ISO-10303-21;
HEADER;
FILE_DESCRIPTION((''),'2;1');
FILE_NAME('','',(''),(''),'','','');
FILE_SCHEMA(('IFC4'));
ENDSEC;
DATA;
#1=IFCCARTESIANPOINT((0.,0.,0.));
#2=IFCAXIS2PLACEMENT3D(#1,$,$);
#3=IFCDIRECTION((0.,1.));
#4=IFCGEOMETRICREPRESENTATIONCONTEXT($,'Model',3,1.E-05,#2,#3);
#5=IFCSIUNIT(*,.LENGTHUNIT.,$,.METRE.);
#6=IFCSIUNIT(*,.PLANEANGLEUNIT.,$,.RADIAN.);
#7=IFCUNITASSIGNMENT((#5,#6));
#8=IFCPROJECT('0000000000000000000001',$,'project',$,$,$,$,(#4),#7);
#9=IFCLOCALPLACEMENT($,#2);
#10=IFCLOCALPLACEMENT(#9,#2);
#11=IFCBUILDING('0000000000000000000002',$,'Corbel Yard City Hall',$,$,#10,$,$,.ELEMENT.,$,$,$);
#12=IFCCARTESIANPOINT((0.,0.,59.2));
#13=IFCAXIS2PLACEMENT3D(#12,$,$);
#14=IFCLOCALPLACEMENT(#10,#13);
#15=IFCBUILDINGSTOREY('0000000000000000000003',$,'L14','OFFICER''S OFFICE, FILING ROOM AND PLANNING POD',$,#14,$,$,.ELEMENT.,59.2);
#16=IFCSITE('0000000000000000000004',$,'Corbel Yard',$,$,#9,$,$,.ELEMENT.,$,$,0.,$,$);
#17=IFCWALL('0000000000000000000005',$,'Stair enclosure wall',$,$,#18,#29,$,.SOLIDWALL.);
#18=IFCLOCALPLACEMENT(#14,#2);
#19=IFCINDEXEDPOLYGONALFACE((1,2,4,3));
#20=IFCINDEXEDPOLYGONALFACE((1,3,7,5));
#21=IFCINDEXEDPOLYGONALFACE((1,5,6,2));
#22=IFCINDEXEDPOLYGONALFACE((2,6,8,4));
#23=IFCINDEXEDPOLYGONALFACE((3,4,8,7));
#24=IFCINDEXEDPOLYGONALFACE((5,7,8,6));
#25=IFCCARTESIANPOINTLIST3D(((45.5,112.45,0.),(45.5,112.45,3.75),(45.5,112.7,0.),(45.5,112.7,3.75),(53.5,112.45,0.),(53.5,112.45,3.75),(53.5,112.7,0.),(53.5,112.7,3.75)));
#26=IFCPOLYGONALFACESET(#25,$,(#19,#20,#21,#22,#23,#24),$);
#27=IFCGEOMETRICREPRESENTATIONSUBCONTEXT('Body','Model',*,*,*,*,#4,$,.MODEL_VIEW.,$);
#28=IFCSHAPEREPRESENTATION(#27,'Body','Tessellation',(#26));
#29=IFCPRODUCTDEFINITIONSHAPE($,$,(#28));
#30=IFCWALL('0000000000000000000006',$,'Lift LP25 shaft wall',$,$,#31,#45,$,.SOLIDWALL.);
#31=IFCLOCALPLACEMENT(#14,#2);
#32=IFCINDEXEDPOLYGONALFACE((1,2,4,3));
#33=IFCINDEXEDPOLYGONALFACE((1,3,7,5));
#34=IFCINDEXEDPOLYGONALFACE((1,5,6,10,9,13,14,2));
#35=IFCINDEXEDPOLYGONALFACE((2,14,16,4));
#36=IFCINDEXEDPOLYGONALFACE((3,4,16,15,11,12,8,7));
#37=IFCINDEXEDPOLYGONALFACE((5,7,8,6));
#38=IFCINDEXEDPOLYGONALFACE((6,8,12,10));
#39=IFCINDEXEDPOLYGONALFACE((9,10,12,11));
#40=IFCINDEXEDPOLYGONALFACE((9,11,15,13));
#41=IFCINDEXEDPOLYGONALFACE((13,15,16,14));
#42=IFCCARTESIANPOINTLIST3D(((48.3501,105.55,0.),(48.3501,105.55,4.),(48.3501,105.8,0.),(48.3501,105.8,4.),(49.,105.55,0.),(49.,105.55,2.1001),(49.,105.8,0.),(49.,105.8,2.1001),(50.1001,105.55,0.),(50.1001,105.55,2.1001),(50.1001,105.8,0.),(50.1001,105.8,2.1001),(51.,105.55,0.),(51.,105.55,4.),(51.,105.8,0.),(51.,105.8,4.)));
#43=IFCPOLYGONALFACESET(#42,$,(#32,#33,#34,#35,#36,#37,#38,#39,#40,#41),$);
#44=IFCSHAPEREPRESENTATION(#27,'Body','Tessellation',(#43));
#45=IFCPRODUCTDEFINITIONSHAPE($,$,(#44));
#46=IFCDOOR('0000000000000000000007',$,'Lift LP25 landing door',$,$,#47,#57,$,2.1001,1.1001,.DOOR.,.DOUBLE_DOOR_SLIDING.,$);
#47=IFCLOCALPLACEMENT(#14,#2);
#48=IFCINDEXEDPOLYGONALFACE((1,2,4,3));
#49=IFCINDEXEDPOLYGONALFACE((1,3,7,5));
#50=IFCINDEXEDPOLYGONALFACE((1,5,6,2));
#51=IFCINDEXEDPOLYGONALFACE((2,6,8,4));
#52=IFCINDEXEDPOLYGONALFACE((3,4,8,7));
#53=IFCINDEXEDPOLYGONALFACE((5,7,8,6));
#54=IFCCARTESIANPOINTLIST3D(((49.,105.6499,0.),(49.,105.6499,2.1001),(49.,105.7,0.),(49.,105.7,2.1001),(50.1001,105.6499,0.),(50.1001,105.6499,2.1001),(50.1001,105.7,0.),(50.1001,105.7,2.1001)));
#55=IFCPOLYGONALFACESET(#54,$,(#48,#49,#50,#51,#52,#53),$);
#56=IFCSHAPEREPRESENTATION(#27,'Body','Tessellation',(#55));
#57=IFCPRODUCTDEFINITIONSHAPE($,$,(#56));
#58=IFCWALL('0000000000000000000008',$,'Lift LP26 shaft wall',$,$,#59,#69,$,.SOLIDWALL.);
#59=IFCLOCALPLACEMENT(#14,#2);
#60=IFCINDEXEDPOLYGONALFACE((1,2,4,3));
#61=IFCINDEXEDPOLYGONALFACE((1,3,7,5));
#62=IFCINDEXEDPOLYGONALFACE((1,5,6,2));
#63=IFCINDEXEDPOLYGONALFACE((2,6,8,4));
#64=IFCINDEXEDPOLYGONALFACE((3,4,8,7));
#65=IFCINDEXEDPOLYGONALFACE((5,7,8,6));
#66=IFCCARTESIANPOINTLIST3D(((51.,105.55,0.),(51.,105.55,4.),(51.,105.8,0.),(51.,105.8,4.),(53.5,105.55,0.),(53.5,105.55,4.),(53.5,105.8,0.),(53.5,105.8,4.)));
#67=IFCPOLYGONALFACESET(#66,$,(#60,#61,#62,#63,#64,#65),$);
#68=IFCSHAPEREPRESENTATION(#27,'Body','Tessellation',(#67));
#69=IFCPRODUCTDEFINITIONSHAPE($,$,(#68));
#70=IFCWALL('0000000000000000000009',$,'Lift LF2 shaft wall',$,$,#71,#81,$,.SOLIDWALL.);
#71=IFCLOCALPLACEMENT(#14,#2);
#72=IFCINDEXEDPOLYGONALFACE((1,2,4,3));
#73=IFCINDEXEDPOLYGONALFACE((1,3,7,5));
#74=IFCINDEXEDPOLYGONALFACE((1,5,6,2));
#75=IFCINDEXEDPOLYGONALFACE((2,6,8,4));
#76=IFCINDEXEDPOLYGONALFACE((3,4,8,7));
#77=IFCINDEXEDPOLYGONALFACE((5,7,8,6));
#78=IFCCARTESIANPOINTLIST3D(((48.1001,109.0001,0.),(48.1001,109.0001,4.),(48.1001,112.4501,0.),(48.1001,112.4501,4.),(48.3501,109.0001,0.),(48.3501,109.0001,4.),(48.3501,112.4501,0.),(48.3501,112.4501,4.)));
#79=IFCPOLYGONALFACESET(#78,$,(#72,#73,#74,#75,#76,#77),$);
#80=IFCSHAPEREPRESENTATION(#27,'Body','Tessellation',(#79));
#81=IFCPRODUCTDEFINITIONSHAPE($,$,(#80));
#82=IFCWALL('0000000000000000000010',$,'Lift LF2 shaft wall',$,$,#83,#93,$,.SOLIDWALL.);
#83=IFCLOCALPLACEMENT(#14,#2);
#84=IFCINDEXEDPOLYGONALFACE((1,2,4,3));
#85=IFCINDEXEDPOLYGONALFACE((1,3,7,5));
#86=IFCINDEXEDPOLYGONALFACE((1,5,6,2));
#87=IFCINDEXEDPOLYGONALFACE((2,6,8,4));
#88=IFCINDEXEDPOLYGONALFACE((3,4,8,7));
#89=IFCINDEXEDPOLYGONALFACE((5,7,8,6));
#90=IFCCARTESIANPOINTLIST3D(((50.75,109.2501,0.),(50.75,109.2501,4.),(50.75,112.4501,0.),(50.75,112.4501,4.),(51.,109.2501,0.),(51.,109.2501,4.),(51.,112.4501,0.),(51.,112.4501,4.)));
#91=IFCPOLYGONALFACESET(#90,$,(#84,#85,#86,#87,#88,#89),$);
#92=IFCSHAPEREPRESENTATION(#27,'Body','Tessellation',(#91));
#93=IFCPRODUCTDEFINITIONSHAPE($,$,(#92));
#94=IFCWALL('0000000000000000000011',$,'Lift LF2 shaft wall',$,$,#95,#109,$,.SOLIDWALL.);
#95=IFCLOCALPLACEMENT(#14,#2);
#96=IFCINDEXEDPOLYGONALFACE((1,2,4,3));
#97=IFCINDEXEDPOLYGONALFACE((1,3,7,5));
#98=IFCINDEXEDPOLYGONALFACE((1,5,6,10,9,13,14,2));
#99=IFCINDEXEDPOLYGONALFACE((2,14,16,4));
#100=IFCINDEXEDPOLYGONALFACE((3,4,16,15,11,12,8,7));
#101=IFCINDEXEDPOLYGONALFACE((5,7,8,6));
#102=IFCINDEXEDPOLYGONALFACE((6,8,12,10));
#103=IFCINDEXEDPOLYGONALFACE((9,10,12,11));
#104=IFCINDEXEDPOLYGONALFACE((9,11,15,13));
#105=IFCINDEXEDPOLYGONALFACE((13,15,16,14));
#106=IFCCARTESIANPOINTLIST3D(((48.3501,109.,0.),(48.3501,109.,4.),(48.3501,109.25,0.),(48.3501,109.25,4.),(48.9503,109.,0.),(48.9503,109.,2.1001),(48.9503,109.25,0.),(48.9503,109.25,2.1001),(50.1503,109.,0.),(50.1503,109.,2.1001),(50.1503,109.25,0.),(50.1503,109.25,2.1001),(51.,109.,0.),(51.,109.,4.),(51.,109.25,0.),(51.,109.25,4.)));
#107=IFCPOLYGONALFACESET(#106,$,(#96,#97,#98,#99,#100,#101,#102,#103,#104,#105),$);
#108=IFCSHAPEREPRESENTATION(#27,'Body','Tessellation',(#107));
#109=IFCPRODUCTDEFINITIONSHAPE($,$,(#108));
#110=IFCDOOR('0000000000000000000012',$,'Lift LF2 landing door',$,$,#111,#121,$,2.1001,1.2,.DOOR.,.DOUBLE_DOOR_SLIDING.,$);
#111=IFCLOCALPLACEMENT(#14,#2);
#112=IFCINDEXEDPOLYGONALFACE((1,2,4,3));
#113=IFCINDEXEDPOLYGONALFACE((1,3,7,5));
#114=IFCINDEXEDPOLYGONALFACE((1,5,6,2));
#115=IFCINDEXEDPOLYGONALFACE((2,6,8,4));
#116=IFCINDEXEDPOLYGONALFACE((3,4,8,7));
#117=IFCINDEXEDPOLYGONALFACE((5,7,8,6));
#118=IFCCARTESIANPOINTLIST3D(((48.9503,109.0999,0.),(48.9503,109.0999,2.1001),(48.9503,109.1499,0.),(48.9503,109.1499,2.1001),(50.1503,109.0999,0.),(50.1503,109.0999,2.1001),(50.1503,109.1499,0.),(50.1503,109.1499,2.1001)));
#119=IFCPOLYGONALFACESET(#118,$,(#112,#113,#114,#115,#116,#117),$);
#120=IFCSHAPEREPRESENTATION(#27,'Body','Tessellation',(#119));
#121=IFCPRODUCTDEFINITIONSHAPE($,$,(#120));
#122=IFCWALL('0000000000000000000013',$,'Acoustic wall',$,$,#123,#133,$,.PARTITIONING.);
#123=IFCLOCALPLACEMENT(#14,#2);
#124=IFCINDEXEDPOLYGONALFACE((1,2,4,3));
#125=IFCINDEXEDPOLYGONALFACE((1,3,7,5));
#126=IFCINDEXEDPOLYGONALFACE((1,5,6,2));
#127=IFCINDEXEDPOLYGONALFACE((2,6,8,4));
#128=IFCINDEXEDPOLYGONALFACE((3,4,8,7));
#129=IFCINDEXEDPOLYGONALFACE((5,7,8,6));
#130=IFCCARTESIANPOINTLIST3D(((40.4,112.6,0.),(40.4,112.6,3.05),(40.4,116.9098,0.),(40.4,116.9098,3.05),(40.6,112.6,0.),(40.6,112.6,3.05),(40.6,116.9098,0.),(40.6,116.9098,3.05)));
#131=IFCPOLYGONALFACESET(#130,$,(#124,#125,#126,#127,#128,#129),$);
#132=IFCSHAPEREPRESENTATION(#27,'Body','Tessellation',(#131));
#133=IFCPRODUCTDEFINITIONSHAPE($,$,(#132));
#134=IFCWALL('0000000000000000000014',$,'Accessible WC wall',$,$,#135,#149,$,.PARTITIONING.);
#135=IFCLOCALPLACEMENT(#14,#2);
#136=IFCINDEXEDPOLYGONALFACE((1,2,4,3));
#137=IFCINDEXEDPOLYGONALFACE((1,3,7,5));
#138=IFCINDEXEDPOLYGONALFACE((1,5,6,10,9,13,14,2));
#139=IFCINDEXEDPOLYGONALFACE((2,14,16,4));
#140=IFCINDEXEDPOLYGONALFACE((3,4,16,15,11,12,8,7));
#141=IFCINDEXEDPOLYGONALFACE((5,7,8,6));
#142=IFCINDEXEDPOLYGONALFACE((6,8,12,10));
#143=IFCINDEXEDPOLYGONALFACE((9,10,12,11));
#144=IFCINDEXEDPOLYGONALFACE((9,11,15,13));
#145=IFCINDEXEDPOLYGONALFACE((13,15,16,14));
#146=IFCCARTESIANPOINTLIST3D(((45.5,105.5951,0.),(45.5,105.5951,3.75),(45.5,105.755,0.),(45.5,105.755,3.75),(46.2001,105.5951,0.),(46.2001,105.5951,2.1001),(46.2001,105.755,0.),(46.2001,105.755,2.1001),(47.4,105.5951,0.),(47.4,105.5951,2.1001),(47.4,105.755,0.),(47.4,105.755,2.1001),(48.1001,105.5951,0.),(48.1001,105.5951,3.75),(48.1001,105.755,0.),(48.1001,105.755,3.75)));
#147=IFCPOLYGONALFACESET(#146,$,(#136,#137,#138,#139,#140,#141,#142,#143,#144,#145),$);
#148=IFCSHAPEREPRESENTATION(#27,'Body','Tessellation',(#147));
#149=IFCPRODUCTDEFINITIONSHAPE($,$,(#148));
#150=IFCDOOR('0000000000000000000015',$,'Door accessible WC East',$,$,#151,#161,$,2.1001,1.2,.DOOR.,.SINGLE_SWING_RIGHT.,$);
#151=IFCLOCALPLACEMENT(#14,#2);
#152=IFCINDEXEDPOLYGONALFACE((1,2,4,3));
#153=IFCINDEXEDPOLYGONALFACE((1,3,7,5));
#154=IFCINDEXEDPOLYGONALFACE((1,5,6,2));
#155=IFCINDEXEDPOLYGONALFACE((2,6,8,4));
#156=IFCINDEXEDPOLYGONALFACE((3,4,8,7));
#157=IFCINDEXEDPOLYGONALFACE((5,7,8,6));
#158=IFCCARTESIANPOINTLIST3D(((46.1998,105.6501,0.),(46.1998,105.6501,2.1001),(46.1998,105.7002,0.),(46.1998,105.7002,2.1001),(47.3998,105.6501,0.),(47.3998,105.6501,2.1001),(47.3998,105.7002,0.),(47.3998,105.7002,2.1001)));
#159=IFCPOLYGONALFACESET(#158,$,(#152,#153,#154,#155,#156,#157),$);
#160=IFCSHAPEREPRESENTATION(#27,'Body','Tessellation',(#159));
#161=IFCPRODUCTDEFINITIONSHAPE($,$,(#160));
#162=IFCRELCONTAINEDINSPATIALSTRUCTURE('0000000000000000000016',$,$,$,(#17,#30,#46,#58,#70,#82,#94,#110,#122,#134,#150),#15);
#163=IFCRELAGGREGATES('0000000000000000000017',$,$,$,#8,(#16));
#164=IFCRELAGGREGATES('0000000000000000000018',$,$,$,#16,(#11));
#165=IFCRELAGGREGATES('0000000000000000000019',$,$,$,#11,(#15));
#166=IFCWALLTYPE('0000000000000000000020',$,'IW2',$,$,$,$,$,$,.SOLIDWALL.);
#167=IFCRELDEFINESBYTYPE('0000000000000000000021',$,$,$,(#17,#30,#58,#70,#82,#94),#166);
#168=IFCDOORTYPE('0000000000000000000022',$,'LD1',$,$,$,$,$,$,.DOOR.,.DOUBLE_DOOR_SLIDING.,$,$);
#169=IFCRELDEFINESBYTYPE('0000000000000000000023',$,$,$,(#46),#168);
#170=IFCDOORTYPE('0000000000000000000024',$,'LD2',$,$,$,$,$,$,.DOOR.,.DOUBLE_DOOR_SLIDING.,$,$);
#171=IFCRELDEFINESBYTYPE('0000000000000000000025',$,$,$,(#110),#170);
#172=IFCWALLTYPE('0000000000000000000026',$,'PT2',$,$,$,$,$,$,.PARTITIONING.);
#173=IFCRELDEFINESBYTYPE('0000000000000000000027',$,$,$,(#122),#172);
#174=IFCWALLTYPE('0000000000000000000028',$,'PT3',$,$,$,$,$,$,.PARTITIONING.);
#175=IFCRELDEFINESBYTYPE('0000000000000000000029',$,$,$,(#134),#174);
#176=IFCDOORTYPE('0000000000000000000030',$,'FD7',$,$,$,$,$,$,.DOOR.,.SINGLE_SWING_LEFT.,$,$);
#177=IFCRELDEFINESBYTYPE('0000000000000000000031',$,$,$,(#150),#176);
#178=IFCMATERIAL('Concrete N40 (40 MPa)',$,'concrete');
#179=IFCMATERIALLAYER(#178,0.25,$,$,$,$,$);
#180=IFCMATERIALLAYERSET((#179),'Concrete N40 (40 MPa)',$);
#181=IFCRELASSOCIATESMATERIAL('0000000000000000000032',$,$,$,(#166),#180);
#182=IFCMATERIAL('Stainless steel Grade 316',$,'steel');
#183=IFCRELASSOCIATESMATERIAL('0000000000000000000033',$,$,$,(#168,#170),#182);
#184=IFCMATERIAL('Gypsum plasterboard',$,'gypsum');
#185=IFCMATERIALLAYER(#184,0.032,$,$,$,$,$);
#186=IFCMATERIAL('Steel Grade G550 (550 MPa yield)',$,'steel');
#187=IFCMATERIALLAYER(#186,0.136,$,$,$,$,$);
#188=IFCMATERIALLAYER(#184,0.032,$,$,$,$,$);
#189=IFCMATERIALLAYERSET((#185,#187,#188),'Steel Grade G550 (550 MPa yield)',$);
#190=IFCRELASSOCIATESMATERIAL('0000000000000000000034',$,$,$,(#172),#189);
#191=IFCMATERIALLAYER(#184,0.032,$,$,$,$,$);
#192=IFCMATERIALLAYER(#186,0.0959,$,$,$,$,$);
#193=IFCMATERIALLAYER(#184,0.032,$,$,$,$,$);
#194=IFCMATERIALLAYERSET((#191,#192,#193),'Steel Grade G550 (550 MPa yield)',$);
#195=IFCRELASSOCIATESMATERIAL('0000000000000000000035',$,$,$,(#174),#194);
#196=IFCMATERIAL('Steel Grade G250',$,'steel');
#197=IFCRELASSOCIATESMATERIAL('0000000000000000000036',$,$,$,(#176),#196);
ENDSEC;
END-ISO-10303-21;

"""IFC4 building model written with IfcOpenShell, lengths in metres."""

from ifc_helpers import new_model, si_unit, direction, frame, frame_2d, origin, place, context, subcontext, project, spatial, rectangle, extrude, material, layer, layer_set, type_object, element, fill, save


model = new_model("IFC4")

# Units and contexts
model_context = context("Model", 3, precision=1e-05, world=origin(), true_north=direction((0.0, 1.0)))
body_context = subcontext(model_context, "Body", "Model", "MODEL_VIEW")
ifc_project = project(units=[si_unit("LENGTHUNIT", "METRE"), si_unit("PLANEANGLEUNIT", "RADIAN")], contexts=[model_context])

# Site, building, storey
site_placement = place(None, origin())
site = spatial("IfcSite", under=ifc_project, at=site_placement, Name="Corbel Yard", CompositionType="ELEMENT", RefElevation=0.0)
building_placement = place(site_placement, origin())
building = spatial("IfcBuilding", under=site, at=building_placement, Name="Corbel Yard City Hall", CompositionType="ELEMENT")
storey_placement = place(building_placement, frame((0.0, 0.0, 59.2)))
storey = spatial("IfcBuildingStorey", under=building, at=storey_placement, Name="L14", Description="OFFICER'S OFFICE, FILING ROOM AND PLANNING POD", CompositionType="ELEMENT", Elevation=59.2)

# Wall
ifc_material_1 = material(Name="Concrete N40 (40 MPa)", Category="concrete")
ifc_layer_1 = layer(ifc_material_1, 0.25)
ifc_layer_set_1 = layer_set([ifc_layer_1], Name="Concrete N40 (40 MPa)")
wall_type_1 = type_object("IfcWallType", Name="IW2", PredefinedType="SOLIDWALL", material=ifc_layer_set_1)
wall_1_placement = place(storey_placement, frame((45.5, 112.575, 0.0), z_axis=(0.0, 0.0, 1.0), x_axis=(1.0, 0.0, 0.0)))
element("IfcWall", 1, at=wall_1_placement, inside=storey, type_object=wall_type_1, Name="Stair enclosure wall", PredefinedType="SOLIDWALL", context=body_context, shape_type="SweptSolid", body=[
    extrude(rectangle(XDim=8.0, YDim=0.25, at=frame_2d((4.0, 0.0))), origin(), (0.0, 0.0, 1.0), 3.75),
])

# Wall, opening, door
wall_2_placement = place(storey_placement, frame((48.3501, 105.675, 0.0), z_axis=(0.0, 0.0, 1.0), x_axis=(1.0, 0.0, 0.0)))
wall_2 = element("IfcWall", 2, at=wall_2_placement, inside=storey, type_object=wall_type_1, Name="Lift LP25 shaft wall", PredefinedType="SOLIDWALL", context=body_context, shape_type="SweptSolid", body=[
    extrude(rectangle(XDim=2.6499, YDim=0.25, at=frame_2d((1.325, 0.0))), origin(), (0.0, 0.0, 1.0), 4.0),
])
opening_1_placement = place(wall_2_placement, frame((0.6499, 0.0, 0.0)))
opening_1 = element("IfcOpeningElement", 3, at=opening_1_placement, cuts=wall_2, PredefinedType="OPENING", context=body_context, shape_type="SweptSolid", body=[
    extrude(rectangle(XDim=1.1001, YDim=2.1001, at=frame_2d((0.55, 1.05))), frame((0.0, 0.135, 0.0), z_axis=(0.0, -1.0, 0.0), x_axis=(1.0, 0.0, 0.0)), (0.0, 0.0, 1.0), 0.27),
])
ifc_material_2 = material(Name="Stainless steel Grade 316", Category="steel")
door_type_1 = type_object("IfcDoorType", Name="LD1", OperationType="DOUBLE_DOOR_SLIDING", PredefinedType="DOOR", material=ifc_material_2)
door_1_placement = place(opening_1_placement, origin())
door_1 = element("IfcDoor", 4, at=door_1_placement, inside=storey, type_object=door_type_1, Name="Lift LP25 landing door", OperationType="DOUBLE_DOOR_SLIDING", OverallHeight=2.1001, OverallWidth=1.1001, PredefinedType="DOOR", context=body_context, shape_type="SweptSolid", body=[
    extrude(rectangle(XDim=1.1001, YDim=2.1001, at=frame_2d((0.55, 1.05))), frame((0.0, 0.0249, 0.0), z_axis=(0.0, -1.0, 0.0), x_axis=(1.0, 0.0, 0.0)), (0.0, 0.0, 1.0), 0.05),
])
fill(opening_1, door_1)

# Walls
wall_3_placement = place(storey_placement, frame((51.0, 105.675, 0.0), z_axis=(0.0, 0.0, 1.0), x_axis=(1.0, 0.0, 0.0)))
element("IfcWall", 5, at=wall_3_placement, inside=storey, type_object=wall_type_1, Name="Lift LP26 shaft wall", PredefinedType="SOLIDWALL", context=body_context, shape_type="SweptSolid", body=[
    extrude(rectangle(XDim=2.5, YDim=0.25, at=frame_2d((1.25, 0.0))), origin(), (0.0, 0.0, 1.0), 4.0),
])
wall_4_placement = place(storey_placement, frame((48.2251, 109.0, 0.0), z_axis=(0.0, 0.0, 1.0), x_axis=(0.0, 1.0, 0.0)))
element("IfcWall", 6, at=wall_4_placement, inside=storey, type_object=wall_type_1, Name="Lift LF2 shaft wall", PredefinedType="SOLIDWALL", context=body_context, shape_type="SweptSolid", body=[
    extrude(rectangle(XDim=3.45, YDim=0.25, at=frame_2d((1.7251, 0.0))), origin(), (0.0, 0.0, 1.0), 4.0),
])
wall_5_placement = place(storey_placement, frame((50.875, 109.25, 0.0), z_axis=(0.0, 0.0, 1.0), x_axis=(0.0, 1.0, 0.0)))
element("IfcWall", 7, at=wall_5_placement, inside=storey, type_object=wall_type_1, Name="Lift LF2 shaft wall", PredefinedType="SOLIDWALL", context=body_context, shape_type="SweptSolid", body=[
    extrude(rectangle(XDim=3.2, YDim=0.25, at=frame_2d((1.6001, 0.0))), origin(), (0.0, 0.0, 1.0), 4.0),
])

# Wall, opening, door
wall_6_placement = place(storey_placement, frame((48.3501, 109.125, 0.0), z_axis=(0.0, 0.0, 1.0), x_axis=(1.0, 0.0, 0.0)))
wall_6 = element("IfcWall", 8, at=wall_6_placement, inside=storey, type_object=wall_type_1, Name="Lift LF2 shaft wall", PredefinedType="SOLIDWALL", context=body_context, shape_type="SweptSolid", body=[
    extrude(rectangle(XDim=2.6499, YDim=0.25, at=frame_2d((1.325, 0.0))), origin(), (0.0, 0.0, 1.0), 4.0),
])
opening_2_placement = place(wall_6_placement, frame((0.6001, 0.0, 0.0)))
opening_2 = element("IfcOpeningElement", 9, at=opening_2_placement, cuts=wall_6, PredefinedType="OPENING", context=body_context, shape_type="SweptSolid", body=[
    extrude(rectangle(XDim=1.2, YDim=2.1001, at=frame_2d((0.6001, 1.05))), frame((0.0, 0.135, 0.0), z_axis=(0.0, -1.0, 0.0), x_axis=(1.0, 0.0, 0.0)), (0.0, 0.0, 1.0), 0.27),
])
door_type_2 = type_object("IfcDoorType", Name="LD2", OperationType="DOUBLE_DOOR_SLIDING", PredefinedType="DOOR", material=ifc_material_2)
door_2_placement = place(opening_2_placement, origin())
door_2 = element("IfcDoor", 10, at=door_2_placement, inside=storey, type_object=door_type_2, Name="Lift LF2 landing door", OperationType="DOUBLE_DOOR_SLIDING", OverallHeight=2.1001, OverallWidth=1.2, PredefinedType="DOOR", context=body_context, shape_type="SweptSolid", body=[
    extrude(rectangle(XDim=1.2, YDim=2.1001, at=frame_2d((0.6001, 1.05))), frame((0.0, 0.0249, 0.0), z_axis=(0.0, -1.0, 0.0), x_axis=(1.0, 0.0, 0.0)), (0.0, 0.0, 1.0), 0.05),
])
fill(opening_2, door_2)

# Wall
ifc_material_3 = material(Name="Gypsum plasterboard", Category="gypsum")
ifc_layer_2 = layer(ifc_material_3, 0.032)
ifc_material_4 = material(Name="Steel Grade G550 (550 MPa yield)", Category="steel")
ifc_layer_3 = layer(ifc_material_4, 0.136)
ifc_layer_4 = layer(ifc_material_3, 0.032)
ifc_layer_set_2 = layer_set([ifc_layer_2, ifc_layer_3, ifc_layer_4], Name="Steel Grade G550 (550 MPa yield)")
wall_type_2 = type_object("IfcWallType", Name="PT2", PredefinedType="PARTITIONING", material=ifc_layer_set_2)
wall_7_placement = place(storey_placement, frame((40.5, 112.6001, 0.0), z_axis=(0.0, 0.0, 1.0), x_axis=(0.0, 1.0, 0.0)))
element("IfcWall", 11, at=wall_7_placement, inside=storey, type_object=wall_type_2, Name="Acoustic wall", PredefinedType="PARTITIONING", context=body_context, shape_type="SweptSolid", body=[
    extrude(rectangle(XDim=4.3098, YDim=0.2, at=frame_2d((2.1548, 0.0))), origin(), (0.0, 0.0, 1.0), 3.05),
])

# Wall, opening, door
ifc_layer_5 = layer(ifc_material_3, 0.032)
ifc_layer_6 = layer(ifc_material_4, 0.0959)
ifc_layer_7 = layer(ifc_material_3, 0.032)
ifc_layer_set_3 = layer_set([ifc_layer_5, ifc_layer_6, ifc_layer_7], Name="Steel Grade G550 (550 MPa yield)")
wall_type_3 = type_object("IfcWallType", Name="PT3", PredefinedType="PARTITIONING", material=ifc_layer_set_3)
wall_8_placement = place(storey_placement, frame((45.5, 105.675, 0.0), z_axis=(0.0, 0.0, 1.0), x_axis=(1.0, 0.0, 0.0)))
wall_8 = element("IfcWall", 12, at=wall_8_placement, inside=storey, type_object=wall_type_3, Name="Accessible WC wall", PredefinedType="PARTITIONING", context=body_context, shape_type="SweptSolid", body=[
    extrude(rectangle(XDim=2.6001, YDim=0.1599, at=frame_2d((1.3, 0.0))), origin(), (0.0, 0.0, 1.0), 3.75),
])
opening_3_placement = place(wall_8_placement, frame((0.7, 0.0, 0.0)))
opening_3 = element("IfcOpeningElement", 13, at=opening_3_placement, cuts=wall_8, PredefinedType="OPENING", context=body_context, shape_type="SweptSolid", body=[
    extrude(rectangle(XDim=1.2, YDim=2.1001, at=frame_2d((0.6001, 1.05))), frame((0.0, 0.0898, 0.0), z_axis=(0.0, -1.0, 0.0), x_axis=(1.0, 0.0, 0.0)), (0.0, 0.0, 1.0), 0.1799),
])
ifc_material_5 = material(Name="Steel Grade G250", Category="steel")
door_type_3 = type_object("IfcDoorType", Name="FD7", OperationType="SINGLE_SWING_LEFT", PredefinedType="DOOR", material=ifc_material_5)
door_3_placement = place(opening_3_placement, frame((1.2, 0.0, 0.0), z_axis=(0.0, 0.0, 1.0), x_axis=(-1.0, 0.0, 0.0)))
door_3 = element("IfcDoor", 14, at=door_3_placement, inside=storey, type_object=door_type_3, Name="Door accessible WC East", OperationType="SINGLE_SWING_RIGHT", OverallHeight=2.1001, OverallWidth=1.2, PredefinedType="DOOR", context=body_context, shape_type="SweptSolid", body=[
    extrude(rectangle(XDim=1.2, YDim=2.1001, at=frame_2d((0.6001, 1.05))), frame((0.0, 0.0249, 0.0), z_axis=(0.0, -1.0, 0.0), x_axis=(1.0, 0.0, 0.0)), (0.0, 0.0, 1.0), 0.05),
])
fill(opening_3, door_3)

save(model, "model.ifc")
